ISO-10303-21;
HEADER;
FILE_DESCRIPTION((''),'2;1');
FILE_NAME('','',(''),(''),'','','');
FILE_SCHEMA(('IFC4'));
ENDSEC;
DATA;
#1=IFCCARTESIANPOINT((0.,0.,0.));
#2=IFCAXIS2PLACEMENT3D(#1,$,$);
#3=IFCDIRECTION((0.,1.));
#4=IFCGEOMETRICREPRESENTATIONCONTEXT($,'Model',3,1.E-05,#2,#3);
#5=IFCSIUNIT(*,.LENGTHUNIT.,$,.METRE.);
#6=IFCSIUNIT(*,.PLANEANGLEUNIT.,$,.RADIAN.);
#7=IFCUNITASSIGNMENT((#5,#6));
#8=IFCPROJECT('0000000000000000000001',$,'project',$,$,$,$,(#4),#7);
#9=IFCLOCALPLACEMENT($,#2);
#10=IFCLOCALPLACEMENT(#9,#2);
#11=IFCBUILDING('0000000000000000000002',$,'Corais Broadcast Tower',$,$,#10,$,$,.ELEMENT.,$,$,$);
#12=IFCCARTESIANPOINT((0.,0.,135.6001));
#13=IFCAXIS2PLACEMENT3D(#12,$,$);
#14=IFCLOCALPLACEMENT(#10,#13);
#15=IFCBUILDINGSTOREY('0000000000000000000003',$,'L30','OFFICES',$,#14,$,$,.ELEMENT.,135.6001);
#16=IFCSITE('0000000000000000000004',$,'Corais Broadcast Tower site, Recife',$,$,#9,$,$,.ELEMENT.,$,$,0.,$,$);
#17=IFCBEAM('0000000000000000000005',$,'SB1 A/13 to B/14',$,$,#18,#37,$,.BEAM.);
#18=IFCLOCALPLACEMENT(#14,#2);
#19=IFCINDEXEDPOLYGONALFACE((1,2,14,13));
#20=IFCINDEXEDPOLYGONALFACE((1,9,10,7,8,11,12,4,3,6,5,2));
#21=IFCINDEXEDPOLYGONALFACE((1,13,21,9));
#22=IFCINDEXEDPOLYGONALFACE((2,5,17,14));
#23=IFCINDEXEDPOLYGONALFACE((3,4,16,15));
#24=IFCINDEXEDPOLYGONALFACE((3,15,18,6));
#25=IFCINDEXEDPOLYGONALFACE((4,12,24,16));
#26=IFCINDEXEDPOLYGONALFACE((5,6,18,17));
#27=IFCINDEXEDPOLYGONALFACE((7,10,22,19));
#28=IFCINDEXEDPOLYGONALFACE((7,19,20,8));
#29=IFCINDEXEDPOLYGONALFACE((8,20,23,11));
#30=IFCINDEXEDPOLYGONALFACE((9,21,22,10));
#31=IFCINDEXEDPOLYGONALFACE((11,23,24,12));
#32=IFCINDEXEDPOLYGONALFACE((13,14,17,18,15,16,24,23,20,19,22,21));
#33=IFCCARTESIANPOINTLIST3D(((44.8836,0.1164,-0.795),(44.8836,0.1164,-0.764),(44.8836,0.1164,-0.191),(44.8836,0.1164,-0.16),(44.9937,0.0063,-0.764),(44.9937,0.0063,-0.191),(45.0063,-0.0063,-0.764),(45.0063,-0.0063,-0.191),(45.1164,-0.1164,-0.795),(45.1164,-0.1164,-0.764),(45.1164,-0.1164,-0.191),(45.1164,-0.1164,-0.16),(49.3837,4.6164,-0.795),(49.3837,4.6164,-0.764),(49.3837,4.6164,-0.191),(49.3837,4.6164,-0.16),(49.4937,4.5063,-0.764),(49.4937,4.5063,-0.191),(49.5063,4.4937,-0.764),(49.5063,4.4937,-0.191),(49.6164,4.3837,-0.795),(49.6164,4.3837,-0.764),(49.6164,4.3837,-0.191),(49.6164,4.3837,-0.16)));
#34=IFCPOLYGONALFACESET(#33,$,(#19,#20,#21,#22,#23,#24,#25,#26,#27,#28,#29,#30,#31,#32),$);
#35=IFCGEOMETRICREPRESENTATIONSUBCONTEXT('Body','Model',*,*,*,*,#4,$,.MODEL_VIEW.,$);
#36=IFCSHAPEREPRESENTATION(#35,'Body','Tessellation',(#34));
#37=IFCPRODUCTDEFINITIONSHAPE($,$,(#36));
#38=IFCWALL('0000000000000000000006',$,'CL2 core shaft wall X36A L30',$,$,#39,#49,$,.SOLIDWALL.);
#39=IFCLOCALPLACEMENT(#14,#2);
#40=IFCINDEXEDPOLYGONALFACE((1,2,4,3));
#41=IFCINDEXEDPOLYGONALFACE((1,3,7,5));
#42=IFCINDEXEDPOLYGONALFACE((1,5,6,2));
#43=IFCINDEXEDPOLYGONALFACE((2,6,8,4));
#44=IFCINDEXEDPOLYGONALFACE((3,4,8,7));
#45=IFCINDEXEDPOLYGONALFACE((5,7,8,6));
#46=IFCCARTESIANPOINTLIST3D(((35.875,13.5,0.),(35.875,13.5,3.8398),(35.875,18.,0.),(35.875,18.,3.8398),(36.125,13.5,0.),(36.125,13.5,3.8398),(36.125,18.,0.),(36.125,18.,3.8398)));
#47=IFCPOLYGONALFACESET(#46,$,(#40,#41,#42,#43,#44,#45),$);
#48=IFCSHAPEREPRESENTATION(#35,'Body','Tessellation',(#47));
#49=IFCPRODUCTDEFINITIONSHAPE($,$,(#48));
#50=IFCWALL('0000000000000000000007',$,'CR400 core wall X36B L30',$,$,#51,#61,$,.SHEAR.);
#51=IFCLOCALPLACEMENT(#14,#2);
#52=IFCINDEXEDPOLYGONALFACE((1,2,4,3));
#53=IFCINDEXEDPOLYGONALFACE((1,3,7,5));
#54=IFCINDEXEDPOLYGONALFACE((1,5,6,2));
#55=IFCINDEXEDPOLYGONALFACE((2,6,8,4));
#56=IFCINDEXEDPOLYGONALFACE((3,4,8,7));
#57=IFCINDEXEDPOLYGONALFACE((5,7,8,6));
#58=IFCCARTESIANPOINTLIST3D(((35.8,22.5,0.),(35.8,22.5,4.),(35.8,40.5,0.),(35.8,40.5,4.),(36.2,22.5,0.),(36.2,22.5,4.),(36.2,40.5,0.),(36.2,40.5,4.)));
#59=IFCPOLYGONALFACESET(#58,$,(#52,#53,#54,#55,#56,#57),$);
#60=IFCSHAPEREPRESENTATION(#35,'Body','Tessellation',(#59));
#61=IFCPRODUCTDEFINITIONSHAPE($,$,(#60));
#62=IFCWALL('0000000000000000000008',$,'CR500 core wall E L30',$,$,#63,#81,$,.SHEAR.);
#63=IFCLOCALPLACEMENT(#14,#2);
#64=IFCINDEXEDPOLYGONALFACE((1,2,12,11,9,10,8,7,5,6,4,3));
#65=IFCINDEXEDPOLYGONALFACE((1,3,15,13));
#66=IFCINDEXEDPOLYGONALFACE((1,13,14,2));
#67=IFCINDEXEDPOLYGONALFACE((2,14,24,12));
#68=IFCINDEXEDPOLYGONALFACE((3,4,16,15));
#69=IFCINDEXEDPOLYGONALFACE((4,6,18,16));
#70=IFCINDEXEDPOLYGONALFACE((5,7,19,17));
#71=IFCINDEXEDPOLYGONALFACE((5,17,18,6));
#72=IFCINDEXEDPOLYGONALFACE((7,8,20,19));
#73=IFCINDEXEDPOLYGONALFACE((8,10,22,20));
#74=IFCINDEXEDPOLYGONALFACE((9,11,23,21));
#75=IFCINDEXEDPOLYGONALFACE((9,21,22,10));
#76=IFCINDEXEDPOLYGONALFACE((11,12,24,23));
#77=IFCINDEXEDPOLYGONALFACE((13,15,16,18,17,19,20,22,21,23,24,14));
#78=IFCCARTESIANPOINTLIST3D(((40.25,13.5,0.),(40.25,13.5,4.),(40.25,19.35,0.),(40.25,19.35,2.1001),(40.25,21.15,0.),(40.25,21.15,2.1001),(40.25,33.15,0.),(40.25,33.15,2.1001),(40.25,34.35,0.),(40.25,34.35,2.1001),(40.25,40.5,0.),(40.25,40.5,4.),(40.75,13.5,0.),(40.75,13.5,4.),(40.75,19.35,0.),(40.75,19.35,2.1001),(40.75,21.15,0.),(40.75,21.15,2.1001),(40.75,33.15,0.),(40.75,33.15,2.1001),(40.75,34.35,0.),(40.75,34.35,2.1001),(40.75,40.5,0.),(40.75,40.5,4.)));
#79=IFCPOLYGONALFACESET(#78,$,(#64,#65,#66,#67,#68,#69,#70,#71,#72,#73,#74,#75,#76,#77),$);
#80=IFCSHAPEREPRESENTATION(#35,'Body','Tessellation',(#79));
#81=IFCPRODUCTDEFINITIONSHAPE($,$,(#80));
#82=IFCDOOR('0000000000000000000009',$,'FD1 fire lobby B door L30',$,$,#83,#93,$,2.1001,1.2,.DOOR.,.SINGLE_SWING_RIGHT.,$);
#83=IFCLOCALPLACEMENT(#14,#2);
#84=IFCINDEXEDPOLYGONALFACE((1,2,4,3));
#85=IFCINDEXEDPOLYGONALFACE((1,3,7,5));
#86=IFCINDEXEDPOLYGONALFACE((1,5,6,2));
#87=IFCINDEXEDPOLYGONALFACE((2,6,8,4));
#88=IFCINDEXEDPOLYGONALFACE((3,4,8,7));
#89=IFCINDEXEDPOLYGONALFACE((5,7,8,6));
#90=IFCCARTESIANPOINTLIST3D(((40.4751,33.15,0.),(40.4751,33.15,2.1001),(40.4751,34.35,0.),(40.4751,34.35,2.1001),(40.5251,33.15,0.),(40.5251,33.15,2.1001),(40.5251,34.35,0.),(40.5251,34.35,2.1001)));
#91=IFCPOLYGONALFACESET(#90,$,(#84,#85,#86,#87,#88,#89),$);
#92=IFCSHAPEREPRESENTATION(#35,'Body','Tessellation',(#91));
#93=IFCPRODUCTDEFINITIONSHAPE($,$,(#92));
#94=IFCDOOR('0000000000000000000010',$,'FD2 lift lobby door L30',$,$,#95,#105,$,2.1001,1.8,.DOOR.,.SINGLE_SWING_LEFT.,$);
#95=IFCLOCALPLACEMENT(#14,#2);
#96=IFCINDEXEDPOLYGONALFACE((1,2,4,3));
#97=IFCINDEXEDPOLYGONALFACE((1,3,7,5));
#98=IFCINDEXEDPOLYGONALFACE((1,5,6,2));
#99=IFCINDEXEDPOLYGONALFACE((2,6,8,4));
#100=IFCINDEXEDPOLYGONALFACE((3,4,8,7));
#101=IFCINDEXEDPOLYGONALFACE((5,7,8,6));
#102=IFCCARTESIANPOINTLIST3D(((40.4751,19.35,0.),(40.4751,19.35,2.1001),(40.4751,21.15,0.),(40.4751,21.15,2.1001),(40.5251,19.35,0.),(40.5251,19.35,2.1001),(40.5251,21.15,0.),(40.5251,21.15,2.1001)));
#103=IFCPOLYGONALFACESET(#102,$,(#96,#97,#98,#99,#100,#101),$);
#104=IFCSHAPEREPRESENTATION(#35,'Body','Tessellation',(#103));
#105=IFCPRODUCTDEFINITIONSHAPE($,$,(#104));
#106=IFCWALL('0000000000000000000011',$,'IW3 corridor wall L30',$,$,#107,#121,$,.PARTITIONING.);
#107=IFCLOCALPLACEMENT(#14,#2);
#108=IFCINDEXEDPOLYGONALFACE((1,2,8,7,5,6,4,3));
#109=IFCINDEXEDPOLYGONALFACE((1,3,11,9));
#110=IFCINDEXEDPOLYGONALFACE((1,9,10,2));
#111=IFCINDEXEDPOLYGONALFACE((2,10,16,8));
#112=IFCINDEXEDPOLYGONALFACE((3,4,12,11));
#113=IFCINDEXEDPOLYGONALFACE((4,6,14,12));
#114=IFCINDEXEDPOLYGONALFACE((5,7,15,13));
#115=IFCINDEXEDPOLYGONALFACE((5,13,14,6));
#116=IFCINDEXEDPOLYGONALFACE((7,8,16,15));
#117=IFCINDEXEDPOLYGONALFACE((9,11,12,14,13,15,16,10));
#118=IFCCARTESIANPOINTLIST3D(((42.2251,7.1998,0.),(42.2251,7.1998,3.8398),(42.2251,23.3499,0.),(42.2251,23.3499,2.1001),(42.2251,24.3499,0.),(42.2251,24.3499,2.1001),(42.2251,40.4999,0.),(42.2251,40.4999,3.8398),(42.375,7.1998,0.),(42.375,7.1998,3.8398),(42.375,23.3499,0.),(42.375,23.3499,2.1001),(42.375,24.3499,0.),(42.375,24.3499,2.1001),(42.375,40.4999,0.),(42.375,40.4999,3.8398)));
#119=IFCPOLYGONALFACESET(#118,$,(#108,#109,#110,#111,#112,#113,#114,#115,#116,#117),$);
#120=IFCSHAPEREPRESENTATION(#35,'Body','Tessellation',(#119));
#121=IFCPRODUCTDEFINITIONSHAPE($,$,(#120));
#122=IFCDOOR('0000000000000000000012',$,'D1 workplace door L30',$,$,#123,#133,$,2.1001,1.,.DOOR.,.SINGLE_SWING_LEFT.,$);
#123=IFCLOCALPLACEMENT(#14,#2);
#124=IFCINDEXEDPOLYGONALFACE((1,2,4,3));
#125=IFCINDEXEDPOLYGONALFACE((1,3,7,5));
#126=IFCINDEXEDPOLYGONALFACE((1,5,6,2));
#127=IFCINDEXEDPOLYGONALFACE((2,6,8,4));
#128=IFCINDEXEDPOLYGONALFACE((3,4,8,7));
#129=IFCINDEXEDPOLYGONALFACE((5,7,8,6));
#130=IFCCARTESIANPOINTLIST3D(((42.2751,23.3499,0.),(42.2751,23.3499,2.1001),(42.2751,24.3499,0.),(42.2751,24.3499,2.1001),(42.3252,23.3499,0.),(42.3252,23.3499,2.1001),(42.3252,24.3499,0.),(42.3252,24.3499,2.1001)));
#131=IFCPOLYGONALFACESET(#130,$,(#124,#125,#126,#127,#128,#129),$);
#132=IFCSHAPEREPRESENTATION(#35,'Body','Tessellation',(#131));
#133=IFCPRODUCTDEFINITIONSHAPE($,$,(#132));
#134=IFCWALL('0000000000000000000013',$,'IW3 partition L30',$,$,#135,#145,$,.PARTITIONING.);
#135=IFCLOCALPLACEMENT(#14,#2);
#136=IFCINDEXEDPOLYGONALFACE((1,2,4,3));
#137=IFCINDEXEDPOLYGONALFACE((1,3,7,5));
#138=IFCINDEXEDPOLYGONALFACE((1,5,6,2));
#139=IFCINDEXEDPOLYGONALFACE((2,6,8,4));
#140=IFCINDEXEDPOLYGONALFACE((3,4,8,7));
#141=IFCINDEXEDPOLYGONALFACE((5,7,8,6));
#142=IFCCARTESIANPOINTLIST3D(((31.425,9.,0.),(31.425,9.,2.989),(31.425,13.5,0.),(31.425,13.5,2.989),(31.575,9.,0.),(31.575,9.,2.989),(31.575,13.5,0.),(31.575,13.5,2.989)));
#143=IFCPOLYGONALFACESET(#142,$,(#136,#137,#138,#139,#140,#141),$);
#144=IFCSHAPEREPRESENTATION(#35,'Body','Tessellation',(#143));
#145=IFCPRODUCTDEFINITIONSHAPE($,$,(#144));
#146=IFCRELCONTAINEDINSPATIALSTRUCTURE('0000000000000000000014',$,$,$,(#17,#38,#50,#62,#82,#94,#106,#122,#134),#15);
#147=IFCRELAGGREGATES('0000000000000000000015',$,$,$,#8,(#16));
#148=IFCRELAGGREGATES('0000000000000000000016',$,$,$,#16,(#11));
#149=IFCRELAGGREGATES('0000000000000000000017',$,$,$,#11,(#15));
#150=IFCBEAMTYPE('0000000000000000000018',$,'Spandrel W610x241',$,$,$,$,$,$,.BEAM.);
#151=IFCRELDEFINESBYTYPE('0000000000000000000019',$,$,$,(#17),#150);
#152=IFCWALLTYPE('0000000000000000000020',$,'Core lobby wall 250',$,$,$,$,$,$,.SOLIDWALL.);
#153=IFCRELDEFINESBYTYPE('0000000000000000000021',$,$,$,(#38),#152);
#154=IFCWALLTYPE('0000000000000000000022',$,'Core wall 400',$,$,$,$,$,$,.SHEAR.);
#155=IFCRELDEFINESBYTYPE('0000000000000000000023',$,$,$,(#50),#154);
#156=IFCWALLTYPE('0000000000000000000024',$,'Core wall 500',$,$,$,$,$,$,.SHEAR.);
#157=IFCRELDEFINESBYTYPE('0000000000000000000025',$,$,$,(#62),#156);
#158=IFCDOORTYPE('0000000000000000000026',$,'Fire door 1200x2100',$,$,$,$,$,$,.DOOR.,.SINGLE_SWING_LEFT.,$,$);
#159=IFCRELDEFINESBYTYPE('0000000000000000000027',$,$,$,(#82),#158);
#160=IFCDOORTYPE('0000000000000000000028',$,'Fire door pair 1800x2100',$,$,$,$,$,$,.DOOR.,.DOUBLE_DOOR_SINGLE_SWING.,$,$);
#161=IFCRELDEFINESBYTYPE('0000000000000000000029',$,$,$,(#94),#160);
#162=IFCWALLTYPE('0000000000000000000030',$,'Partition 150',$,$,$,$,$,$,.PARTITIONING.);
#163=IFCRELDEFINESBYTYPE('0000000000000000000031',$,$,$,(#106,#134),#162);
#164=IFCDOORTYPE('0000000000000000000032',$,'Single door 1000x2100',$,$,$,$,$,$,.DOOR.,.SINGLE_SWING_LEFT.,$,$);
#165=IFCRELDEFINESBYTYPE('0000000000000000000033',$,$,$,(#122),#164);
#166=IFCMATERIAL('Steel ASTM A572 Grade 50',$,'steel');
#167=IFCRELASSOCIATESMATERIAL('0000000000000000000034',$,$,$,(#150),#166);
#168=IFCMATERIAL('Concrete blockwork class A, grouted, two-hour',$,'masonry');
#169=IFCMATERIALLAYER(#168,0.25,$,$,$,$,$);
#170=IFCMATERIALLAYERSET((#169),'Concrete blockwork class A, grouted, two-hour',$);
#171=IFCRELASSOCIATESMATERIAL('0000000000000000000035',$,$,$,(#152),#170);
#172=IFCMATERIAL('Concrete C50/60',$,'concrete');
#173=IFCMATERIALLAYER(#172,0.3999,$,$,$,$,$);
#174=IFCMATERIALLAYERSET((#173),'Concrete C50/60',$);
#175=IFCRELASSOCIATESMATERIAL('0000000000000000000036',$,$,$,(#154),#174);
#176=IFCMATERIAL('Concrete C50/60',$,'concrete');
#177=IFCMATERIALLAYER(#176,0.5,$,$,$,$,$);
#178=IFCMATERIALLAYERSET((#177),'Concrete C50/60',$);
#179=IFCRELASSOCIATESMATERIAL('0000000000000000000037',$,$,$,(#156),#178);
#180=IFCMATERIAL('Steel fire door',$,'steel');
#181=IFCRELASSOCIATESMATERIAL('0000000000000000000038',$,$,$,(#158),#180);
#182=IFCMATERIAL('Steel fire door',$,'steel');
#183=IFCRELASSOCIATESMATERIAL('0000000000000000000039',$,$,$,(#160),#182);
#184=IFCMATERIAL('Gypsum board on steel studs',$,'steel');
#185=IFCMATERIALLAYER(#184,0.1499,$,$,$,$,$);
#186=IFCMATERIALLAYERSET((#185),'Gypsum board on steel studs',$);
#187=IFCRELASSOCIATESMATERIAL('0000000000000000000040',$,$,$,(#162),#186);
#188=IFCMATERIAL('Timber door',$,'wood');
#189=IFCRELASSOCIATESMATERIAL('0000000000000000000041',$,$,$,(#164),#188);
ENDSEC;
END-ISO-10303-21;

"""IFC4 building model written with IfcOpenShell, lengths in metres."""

from ifc_helpers import new_model, si_unit, direction, frame, frame_2d, origin, origin_2d, place, context, subcontext, project, spatial, rectangle, i_section, extrude, material, layer, layer_set, material_profile, profile_set, type_object, element, fill, save


model = new_model("IFC4")

# Units and contexts
model_context = context("Model", 3, precision=1e-05, world=origin(), true_north=direction((0.0, 1.0)))
body_context = subcontext(model_context, "Body", "Model", "MODEL_VIEW")
ifc_project = project(units=[si_unit("LENGTHUNIT", "METRE"), si_unit("PLANEANGLEUNIT", "RADIAN")], contexts=[model_context])

# Site, building, storey
site_placement = place(None, origin())
site = spatial("IfcSite", under=ifc_project, at=site_placement, Name="Corais Broadcast Tower site, Recife", CompositionType="ELEMENT", RefElevation=0.0)
building_placement = place(site_placement, origin())
building = spatial("IfcBuilding", under=site, at=building_placement, Name="Corais Broadcast Tower", CompositionType="ELEMENT")
storey_placement = place(building_placement, frame((0.0, 0.0, 135.6001)))
storey = spatial("IfcBuildingStorey", under=building, at=storey_placement, Name="L30", Description="OFFICES", CompositionType="ELEMENT", Elevation=135.6001)

# Beam
ifc_material_1 = material(Name="Steel ASTM A572 Grade 50", Category="steel")
ifc_material_profile_1 = material_profile(ifc_material_1, i_section(OverallWidth=0.3291, OverallDepth=0.635, WebThickness=0.0178, FlangeThickness=0.031, at=origin_2d()), Name="W610x241")
ifc_profile_set_1 = profile_set([ifc_material_profile_1], Name="Steel ASTM A572 Grade 50")
beam_type_1 = type_object("IfcBeamType", Name="Spandrel W610x241", PredefinedType="BEAM", material=ifc_profile_set_1)
beam_1_placement = place(storey_placement, frame((45.0, 0.0, -0.4775), z_axis=(0.707107, 0.707107, 0.0), x_axis=(-0.707107, 0.707107, 0.0)))
element("IfcBeam", 1, at=beam_1_placement, inside=storey, type_object=beam_type_1, Name="SB1 A/13 to B/14", PredefinedType="BEAM", context=body_context, shape_type="SweptSolid", body=[
    extrude(i_section(OverallWidth=0.3291, OverallDepth=0.635, WebThickness=0.0178, FlangeThickness=0.031, at=origin_2d()), origin(), (0.0, 0.0, 1.0), 6.364),
])

# Walls
ifc_material_2 = material(Name="Concrete blockwork class A, grouted, two-hour", Category="masonry")
ifc_layer_1 = layer(ifc_material_2, 0.25)
ifc_layer_set_1 = layer_set([ifc_layer_1], Name="Concrete blockwork class A, grouted, two-hour")
wall_type_1 = type_object("IfcWallType", Name="Core lobby wall 250", PredefinedType="SOLIDWALL", material=ifc_layer_set_1)
wall_1_placement = place(storey_placement, frame((36.0, 13.5, 0.0), z_axis=(0.0, 0.0, 1.0), x_axis=(0.0, 1.0, 0.0)))
element("IfcWall", 2, at=wall_1_placement, inside=storey, type_object=wall_type_1, Name="CL2 core shaft wall X36A L30", PredefinedType="SOLIDWALL", context=body_context, shape_type="SweptSolid", body=[
    extrude(rectangle(XDim=4.5, YDim=0.25, at=frame_2d((2.25, 0.0))), origin(), (0.0, 0.0, 1.0), 3.8398),
])
ifc_material_3 = material(Name="Concrete C50/60", Category="concrete")
ifc_layer_2 = layer(ifc_material_3, 0.3999)
ifc_layer_set_2 = layer_set([ifc_layer_2], Name="Concrete C50/60")
wall_type_2 = type_object("IfcWallType", Name="Core wall 400", PredefinedType="SHEAR", material=ifc_layer_set_2)
wall_2_placement = place(storey_placement, frame((36.0, 22.5, 0.0), z_axis=(0.0, 0.0, 1.0), x_axis=(0.0, 1.0, 0.0)))
element("IfcWall", 3, at=wall_2_placement, inside=storey, type_object=wall_type_2, Name="CR400 core wall X36B L30", PredefinedType="SHEAR", context=body_context, shape_type="SweptSolid", body=[
    extrude(rectangle(XDim=18.0, YDim=0.3999, at=frame_2d((9.0, 0.0))), origin(), (0.0, 0.0, 1.0), 4.0),
])

# Wall, openings, doors
ifc_material_4 = material(Name="Concrete C50/60", Category="concrete")
ifc_layer_3 = layer(ifc_material_4, 0.5)
ifc_layer_set_3 = layer_set([ifc_layer_3], Name="Concrete C50/60")
wall_type_3 = type_object("IfcWallType", Name="Core wall 500", PredefinedType="SHEAR", material=ifc_layer_set_3)
wall_3_placement = place(storey_placement, frame((40.5, 13.5, 0.0), z_axis=(0.0, 0.0, 1.0), x_axis=(0.0, 1.0, 0.0)))
wall_3 = element("IfcWall", 4, at=wall_3_placement, inside=storey, type_object=wall_type_3, Name="CR500 core wall E L30", PredefinedType="SHEAR", context=body_context, shape_type="SweptSolid", body=[
    extrude(rectangle(XDim=27.0, YDim=0.5, at=frame_2d((13.5, 0.0))), origin(), (0.0, 0.0, 1.0), 4.0),
])
opening_1_placement = place(wall_3_placement, frame((5.8501, 0.0, 0.0)))
opening_1 = element("IfcOpeningElement", 5, at=opening_1_placement, cuts=wall_3, PredefinedType="OPENING", context=body_context, shape_type="SweptSolid", body=[
    extrude(rectangle(XDim=1.8, YDim=2.1001, at=frame_2d((0.8999, 1.05))), frame((0.0, 0.26, 0.0), z_axis=(0.0, -1.0, 0.0), x_axis=(1.0, 0.0, 0.0)), (0.0, 0.0, 1.0), 0.52),
])
opening_2_placement = place(wall_3_placement, frame((19.6499, 0.0, 0.0)))
opening_2 = element("IfcOpeningElement", 6, at=opening_2_placement, cuts=wall_3, PredefinedType="OPENING", context=body_context, shape_type="SweptSolid", body=[
    extrude(rectangle(XDim=1.2, YDim=2.1001, at=frame_2d((0.6001, 1.05))), frame((0.0, 0.26, 0.0), z_axis=(0.0, -1.0, 0.0), x_axis=(1.0, 0.0, 0.0)), (0.0, 0.0, 1.0), 0.52),
])
ifc_material_5 = material(Name="Steel fire door", Category="steel")
door_type_1 = type_object("IfcDoorType", Name="Fire door 1200x2100", OperationType="SINGLE_SWING_LEFT", PredefinedType="DOOR", material=ifc_material_5)
door_1_placement = place(opening_2_placement, origin())
door_1 = element("IfcDoor", 7, at=door_1_placement, inside=storey, type_object=door_type_1, Name="FD1 fire lobby B door L30", OperationType="SINGLE_SWING_RIGHT", OverallHeight=2.1001, OverallWidth=1.2, PredefinedType="DOOR", context=body_context, shape_type="SweptSolid", body=[
    extrude(rectangle(XDim=1.2, YDim=2.1001, at=frame_2d((0.6001, 1.05))), frame((0.0, 0.0249, 0.0), z_axis=(0.0, -1.0, 0.0), x_axis=(1.0, 0.0, 0.0)), (0.0, 0.0, 1.0), 0.05),
])
fill(opening_2, door_1)
ifc_material_6 = material(Name="Steel fire door", Category="steel")
door_type_2 = type_object("IfcDoorType", Name="Fire door pair 1800x2100", OperationType="DOUBLE_DOOR_SINGLE_SWING", PredefinedType="DOOR", material=ifc_material_6)
door_2_placement = place(opening_1_placement, origin())
door_2 = element("IfcDoor", 8, at=door_2_placement, inside=storey, type_object=door_type_2, Name="FD2 lift lobby door L30", OperationType="SINGLE_SWING_LEFT", OverallHeight=2.1001, OverallWidth=1.8, PredefinedType="DOOR", context=body_context, shape_type="SweptSolid", body=[
    extrude(rectangle(XDim=1.8, YDim=2.1001, at=frame_2d((0.8999, 1.05))), frame((0.0, 0.0249, 0.0), z_axis=(0.0, -1.0, 0.0), x_axis=(1.0, 0.0, 0.0)), (0.0, 0.0, 1.0), 0.05),
])
fill(opening_1, door_2)

# Wall, opening, door
ifc_material_7 = material(Name="Gypsum board on steel studs", Category="steel")
ifc_layer_4 = layer(ifc_material_7, 0.1499)
ifc_layer_set_4 = layer_set([ifc_layer_4], Name="Gypsum board on steel studs")
wall_type_4 = type_object("IfcWallType", Name="Partition 150", PredefinedType="PARTITIONING", material=ifc_layer_set_4)
wall_4_placement = place(storey_placement, frame((42.3, 7.2, 0.0), z_axis=(0.0, 0.0, 1.0), x_axis=(0.0, 1.0, 0.0)))
wall_4 = element("IfcWall", 9, at=wall_4_placement, inside=storey, type_object=wall_type_4, Name="IW3 corridor wall L30", PredefinedType="PARTITIONING", context=body_context, shape_type="SweptSolid", body=[
    extrude(rectangle(XDim=33.3, YDim=0.1499, at=frame_2d((16.6499, 0.0))), origin(), (0.0, 0.0, 1.0), 3.8398),
])
opening_3_placement = place(wall_4_placement, frame((16.1499, 0.0, 0.0)))
opening_3 = element("IfcOpeningElement", 10, at=opening_3_placement, cuts=wall_4, PredefinedType="OPENING", context=body_context, shape_type="SweptSolid", body=[
    extrude(rectangle(XDim=1.0, YDim=2.1001, at=frame_2d((0.5, 1.05))), frame((0.0, 0.085, 0.0), z_axis=(0.0, -1.0, 0.0), x_axis=(1.0, 0.0, 0.0)), (0.0, 0.0, 1.0), 0.1699),
])
ifc_material_8 = material(Name="Timber door", Category="wood")
door_type_3 = type_object("IfcDoorType", Name="Single door 1000x2100", OperationType="SINGLE_SWING_LEFT", PredefinedType="DOOR", material=ifc_material_8)
door_3_placement = place(opening_3_placement, origin())
door_3 = element("IfcDoor", 11, at=door_3_placement, inside=storey, type_object=door_type_3, Name="D1 workplace door L30", OperationType="SINGLE_SWING_LEFT", OverallHeight=2.1001, OverallWidth=1.0, PredefinedType="DOOR", context=body_context, shape_type="SweptSolid", body=[
    extrude(rectangle(XDim=1.0, YDim=2.1001, at=frame_2d((0.5, 1.05))), frame((0.0, 0.0249, 0.0), z_axis=(0.0, -1.0, 0.0), x_axis=(1.0, 0.0, 0.0)), (0.0, 0.0, 1.0), 0.05),
])
fill(opening_3, door_3)

# Wall
wall_5_placement = place(storey_placement, frame((31.5, 9.0, 0.0), z_axis=(0.0, 0.0, 1.0), x_axis=(0.0, 1.0, 0.0)))
element("IfcWall", 12, at=wall_5_placement, inside=storey, type_object=wall_type_4, Name="IW3 partition L30", PredefinedType="PARTITIONING", context=body_context, shape_type="SweptSolid", body=[
    extrude(rectangle(XDim=4.5, YDim=0.1499, at=frame_2d((2.25, 0.0))), origin(), (0.0, 0.0, 1.0), 2.989),
])

save(model, "model.ifc")
